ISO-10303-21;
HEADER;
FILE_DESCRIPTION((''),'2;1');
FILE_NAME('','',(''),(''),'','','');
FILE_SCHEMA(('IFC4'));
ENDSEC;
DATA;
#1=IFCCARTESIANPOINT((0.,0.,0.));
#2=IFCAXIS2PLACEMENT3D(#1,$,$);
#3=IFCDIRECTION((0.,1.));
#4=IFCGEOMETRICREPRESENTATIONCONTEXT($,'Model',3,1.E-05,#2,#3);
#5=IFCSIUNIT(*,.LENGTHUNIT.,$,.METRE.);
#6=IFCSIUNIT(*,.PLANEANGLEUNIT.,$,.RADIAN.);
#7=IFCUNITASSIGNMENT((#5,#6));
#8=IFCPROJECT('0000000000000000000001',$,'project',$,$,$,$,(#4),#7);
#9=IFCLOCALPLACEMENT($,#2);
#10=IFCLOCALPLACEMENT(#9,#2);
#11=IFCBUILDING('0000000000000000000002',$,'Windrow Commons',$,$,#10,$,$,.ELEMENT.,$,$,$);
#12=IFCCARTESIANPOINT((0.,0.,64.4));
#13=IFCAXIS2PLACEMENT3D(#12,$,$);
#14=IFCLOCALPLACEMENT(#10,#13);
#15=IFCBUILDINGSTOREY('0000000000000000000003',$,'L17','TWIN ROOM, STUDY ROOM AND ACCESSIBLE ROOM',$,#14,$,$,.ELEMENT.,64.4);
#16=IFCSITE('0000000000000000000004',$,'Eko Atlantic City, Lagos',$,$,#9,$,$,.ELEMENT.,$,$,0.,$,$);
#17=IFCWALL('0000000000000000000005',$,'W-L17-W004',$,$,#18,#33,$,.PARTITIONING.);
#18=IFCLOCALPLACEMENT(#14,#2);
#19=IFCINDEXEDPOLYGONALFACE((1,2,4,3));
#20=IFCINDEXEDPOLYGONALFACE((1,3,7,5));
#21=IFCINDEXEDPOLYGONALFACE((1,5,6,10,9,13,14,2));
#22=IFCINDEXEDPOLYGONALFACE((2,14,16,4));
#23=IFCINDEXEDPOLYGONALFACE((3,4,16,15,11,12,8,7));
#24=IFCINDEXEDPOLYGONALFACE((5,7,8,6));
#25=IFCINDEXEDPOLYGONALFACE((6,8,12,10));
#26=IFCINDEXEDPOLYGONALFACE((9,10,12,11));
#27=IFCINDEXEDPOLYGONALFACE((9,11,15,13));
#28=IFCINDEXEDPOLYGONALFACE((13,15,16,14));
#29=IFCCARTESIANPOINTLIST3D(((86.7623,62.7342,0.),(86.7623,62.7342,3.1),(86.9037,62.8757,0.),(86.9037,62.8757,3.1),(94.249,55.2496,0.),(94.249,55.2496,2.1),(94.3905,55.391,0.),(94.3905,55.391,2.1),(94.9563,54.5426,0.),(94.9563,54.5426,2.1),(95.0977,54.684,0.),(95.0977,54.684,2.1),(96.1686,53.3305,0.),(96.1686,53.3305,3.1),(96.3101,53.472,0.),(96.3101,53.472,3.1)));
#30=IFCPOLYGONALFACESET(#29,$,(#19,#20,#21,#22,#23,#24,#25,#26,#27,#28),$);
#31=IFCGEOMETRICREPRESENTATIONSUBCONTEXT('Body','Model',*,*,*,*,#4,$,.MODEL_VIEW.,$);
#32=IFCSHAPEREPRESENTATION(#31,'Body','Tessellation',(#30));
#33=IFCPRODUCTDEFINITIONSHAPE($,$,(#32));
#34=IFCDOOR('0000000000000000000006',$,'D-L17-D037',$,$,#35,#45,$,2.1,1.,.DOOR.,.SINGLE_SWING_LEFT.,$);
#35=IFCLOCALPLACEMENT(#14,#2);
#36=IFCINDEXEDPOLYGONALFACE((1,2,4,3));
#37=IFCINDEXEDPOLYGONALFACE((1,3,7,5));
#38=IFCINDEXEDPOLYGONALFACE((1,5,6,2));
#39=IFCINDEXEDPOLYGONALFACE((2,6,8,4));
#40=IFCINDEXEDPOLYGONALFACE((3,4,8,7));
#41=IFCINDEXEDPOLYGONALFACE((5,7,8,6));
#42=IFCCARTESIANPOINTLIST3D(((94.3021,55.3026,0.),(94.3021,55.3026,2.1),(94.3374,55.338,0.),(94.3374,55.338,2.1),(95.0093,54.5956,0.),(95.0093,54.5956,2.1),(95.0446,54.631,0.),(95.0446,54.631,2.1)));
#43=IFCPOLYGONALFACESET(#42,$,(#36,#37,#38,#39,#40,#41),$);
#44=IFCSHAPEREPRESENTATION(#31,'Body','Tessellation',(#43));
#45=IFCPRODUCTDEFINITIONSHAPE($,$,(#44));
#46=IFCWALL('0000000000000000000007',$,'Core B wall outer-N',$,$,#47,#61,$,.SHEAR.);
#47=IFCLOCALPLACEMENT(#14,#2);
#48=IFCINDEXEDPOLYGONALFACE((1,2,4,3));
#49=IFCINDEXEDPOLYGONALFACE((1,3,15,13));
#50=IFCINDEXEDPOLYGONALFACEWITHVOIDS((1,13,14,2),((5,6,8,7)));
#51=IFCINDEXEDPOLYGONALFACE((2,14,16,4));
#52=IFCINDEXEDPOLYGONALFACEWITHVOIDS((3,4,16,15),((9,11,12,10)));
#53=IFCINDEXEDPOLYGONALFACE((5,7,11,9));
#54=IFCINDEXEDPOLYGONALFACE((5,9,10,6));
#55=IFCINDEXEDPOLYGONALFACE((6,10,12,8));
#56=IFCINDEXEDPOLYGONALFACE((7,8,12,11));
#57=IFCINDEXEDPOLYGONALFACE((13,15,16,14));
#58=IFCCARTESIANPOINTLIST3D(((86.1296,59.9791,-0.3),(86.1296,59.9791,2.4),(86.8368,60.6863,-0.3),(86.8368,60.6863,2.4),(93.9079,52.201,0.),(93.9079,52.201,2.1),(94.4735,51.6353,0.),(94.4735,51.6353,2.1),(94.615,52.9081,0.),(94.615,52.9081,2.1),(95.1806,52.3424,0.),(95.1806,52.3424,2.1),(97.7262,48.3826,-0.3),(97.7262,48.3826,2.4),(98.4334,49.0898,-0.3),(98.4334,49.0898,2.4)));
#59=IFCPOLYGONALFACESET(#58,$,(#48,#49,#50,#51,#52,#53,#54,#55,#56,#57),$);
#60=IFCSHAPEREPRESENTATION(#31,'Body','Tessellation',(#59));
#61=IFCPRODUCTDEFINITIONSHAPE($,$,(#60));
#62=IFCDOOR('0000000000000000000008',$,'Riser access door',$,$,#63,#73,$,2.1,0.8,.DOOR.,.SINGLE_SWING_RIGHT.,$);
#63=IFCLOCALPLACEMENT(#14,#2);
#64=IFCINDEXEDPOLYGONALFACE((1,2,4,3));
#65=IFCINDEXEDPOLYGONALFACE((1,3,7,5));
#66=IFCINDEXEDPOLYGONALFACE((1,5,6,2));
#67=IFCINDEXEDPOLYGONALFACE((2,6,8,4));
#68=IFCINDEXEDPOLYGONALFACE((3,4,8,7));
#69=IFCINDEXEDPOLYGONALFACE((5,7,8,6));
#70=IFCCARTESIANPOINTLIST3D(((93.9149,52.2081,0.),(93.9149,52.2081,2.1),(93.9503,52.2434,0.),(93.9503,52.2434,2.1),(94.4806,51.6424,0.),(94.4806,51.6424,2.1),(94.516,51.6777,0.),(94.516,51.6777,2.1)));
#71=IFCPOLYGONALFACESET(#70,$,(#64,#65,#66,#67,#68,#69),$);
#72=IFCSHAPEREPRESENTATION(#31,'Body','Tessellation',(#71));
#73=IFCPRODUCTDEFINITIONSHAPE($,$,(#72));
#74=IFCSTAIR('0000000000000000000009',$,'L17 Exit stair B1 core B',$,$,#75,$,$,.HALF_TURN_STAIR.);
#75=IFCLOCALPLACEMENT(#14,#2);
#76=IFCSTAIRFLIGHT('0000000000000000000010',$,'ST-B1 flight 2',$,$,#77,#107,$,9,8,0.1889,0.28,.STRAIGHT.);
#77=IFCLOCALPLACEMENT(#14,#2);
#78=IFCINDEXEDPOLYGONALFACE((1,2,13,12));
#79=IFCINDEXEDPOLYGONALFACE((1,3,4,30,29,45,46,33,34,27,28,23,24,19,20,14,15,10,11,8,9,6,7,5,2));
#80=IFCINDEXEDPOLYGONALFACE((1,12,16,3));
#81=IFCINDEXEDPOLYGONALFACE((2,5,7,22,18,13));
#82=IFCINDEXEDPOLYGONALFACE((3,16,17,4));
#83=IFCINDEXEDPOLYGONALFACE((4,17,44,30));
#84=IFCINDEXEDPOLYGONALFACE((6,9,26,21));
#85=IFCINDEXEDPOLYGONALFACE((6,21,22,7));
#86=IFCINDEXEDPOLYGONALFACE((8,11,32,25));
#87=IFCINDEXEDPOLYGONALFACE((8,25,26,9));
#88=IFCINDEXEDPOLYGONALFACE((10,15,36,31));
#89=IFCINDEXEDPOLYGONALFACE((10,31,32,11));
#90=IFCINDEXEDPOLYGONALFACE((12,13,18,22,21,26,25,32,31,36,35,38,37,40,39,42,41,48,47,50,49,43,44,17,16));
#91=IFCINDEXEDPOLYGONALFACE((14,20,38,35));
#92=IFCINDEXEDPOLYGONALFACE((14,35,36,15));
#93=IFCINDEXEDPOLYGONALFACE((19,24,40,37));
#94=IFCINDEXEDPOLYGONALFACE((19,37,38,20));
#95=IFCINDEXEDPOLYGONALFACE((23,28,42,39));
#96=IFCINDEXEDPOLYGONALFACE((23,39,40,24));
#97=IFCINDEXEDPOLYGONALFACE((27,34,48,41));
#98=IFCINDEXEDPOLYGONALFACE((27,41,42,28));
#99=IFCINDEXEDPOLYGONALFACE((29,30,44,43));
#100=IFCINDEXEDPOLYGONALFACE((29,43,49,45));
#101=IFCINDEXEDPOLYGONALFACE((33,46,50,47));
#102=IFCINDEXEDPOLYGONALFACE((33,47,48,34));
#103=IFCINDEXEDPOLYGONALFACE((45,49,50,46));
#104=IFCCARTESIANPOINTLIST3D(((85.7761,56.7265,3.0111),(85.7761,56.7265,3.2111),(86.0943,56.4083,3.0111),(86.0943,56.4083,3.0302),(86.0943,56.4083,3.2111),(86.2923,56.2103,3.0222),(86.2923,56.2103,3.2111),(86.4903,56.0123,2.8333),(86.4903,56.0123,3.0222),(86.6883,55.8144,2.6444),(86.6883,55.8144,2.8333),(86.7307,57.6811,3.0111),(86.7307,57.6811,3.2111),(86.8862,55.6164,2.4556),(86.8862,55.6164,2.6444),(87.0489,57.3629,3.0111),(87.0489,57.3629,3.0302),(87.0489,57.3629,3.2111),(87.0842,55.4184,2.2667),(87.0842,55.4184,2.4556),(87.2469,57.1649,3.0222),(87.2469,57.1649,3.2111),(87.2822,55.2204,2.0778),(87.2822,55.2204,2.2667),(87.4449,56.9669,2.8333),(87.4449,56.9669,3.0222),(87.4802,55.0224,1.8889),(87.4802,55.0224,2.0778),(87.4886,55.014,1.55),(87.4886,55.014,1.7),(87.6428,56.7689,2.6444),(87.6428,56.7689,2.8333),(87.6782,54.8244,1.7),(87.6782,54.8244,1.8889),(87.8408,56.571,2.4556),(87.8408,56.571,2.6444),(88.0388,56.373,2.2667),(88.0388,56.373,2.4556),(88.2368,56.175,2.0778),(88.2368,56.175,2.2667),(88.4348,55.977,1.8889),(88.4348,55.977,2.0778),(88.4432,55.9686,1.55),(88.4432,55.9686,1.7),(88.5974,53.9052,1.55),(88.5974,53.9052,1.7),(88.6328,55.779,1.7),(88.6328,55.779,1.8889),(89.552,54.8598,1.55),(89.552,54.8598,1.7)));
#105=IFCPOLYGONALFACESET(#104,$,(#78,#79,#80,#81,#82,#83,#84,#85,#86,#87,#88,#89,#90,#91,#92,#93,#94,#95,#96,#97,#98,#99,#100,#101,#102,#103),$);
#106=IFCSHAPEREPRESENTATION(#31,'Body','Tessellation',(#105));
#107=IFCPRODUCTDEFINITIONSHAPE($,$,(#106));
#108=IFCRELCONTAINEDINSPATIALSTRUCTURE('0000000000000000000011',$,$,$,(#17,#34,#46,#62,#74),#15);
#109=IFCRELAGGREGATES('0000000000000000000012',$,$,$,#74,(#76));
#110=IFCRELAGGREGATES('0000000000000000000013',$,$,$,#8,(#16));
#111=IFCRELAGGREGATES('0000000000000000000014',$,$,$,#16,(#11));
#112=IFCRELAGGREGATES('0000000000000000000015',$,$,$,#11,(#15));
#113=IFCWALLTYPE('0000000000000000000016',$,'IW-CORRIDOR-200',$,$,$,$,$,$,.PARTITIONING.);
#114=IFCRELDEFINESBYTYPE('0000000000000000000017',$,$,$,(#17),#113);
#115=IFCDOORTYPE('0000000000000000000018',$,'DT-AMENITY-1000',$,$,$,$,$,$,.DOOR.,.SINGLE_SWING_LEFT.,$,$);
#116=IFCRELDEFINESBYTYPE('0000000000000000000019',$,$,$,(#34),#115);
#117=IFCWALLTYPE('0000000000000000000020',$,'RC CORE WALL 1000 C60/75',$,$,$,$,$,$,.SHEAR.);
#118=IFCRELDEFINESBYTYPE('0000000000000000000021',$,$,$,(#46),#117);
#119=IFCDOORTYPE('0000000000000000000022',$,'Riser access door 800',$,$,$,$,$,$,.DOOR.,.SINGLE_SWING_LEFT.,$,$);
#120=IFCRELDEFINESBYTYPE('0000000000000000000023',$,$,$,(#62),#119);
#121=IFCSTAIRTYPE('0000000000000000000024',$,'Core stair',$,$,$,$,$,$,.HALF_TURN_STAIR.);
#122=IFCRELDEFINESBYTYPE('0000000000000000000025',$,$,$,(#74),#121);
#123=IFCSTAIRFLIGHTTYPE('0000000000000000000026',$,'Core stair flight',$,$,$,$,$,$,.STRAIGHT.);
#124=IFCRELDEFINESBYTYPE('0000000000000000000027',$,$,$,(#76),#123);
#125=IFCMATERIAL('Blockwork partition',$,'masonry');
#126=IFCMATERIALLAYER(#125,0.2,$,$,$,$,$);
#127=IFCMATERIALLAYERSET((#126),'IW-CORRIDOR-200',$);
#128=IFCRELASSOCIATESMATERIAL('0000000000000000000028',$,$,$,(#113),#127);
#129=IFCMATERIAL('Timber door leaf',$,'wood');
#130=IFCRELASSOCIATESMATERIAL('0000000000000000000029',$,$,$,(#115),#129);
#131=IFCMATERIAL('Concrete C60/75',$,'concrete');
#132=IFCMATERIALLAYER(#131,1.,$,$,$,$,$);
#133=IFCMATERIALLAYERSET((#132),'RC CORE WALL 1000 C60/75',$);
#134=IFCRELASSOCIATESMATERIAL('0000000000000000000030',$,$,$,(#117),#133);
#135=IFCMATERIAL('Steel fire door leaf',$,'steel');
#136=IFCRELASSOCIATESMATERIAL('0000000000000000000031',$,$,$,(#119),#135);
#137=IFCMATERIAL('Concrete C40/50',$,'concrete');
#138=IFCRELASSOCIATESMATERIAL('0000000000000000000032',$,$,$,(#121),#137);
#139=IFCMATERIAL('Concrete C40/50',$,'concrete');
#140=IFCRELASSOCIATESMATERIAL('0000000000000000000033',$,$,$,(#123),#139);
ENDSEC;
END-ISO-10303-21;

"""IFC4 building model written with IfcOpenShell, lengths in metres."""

from ifc_helpers import new_model, si_unit, direction, frame, frame_2d, origin, place, context, subcontext, project, spatial, polyline, rectangle, outline, extrude, material, layer, layer_set, type_object, element, fill, aggregate, save


model = new_model("IFC4")

# Units and contexts
model_context = context("Model", 3, precision=1e-05, world=origin(), true_north=direction((0.0, 1.0)))
body_context = subcontext(model_context, "Body", "Model", "MODEL_VIEW")
ifc_project = project(units=[si_unit("LENGTHUNIT", "METRE"), si_unit("PLANEANGLEUNIT", "RADIAN")], contexts=[model_context])

# Site, building, storey
site_placement = place(None, origin())
site = spatial("IfcSite", under=ifc_project, at=site_placement, Name="Eko Atlantic City, Lagos", CompositionType="ELEMENT", RefElevation=0.0)
building_placement = place(site_placement, origin())
building = spatial("IfcBuilding", under=site, at=building_placement, Name="Windrow Commons", CompositionType="ELEMENT")
storey_placement = place(building_placement, frame((0.0, 0.0, 64.4)))
storey = spatial("IfcBuildingStorey", under=building, at=storey_placement, Name="L17", Description="TWIN ROOM, STUDY ROOM AND ACCESSIBLE ROOM", CompositionType="ELEMENT", Elevation=64.4)

# Walls, openings, doors
ifc_material_1 = material(Name="Blockwork partition", Category="masonry")
ifc_layer_1 = layer(ifc_material_1, 0.2)
ifc_layer_set_1 = layer_set([ifc_layer_1], Name="IW-CORRIDOR-200")
wall_type_1 = type_object("IfcWallType", Name="IW-CORRIDOR-200", PredefinedType="PARTITIONING", material=ifc_layer_set_1)
wall_1_placement = place(storey_placement, frame((86.833, 62.805, 0.0), z_axis=(0.0, 0.0, 1.0), x_axis=(0.707205, -0.707009, 0.0)))
wall_1 = element("IfcWall", 1, at=wall_1_placement, inside=storey, type_object=wall_type_1, Name="W-L17-W004", PredefinedType="PARTITIONING", context=body_context, shape_type="SweptSolid", body=[
    extrude(rectangle(XDim=13.3007, YDim=0.2, at=frame_2d((6.6504, 0.0))), origin(), (0.0, 0.0, 1.0), 3.1),
])
opening_1_placement = place(wall_1_placement, frame((10.5864, 0.0, 0.0)))
opening_1 = element("IfcOpeningElement", 2, at=opening_1_placement, cuts=wall_1, PredefinedType="OPENING", context=body_context, shape_type="SweptSolid", body=[
    extrude(rectangle(XDim=1.0, YDim=2.1, at=frame_2d((0.5, 1.05))), frame((0.0, 0.11, 0.0), z_axis=(0.0, -1.0, 0.0), x_axis=(1.0, 0.0, 0.0)), (0.0, 0.0, 1.0), 0.22),
])
ifc_material_2 = material(Name="Timber door leaf", Category="wood")
door_type_1 = type_object("IfcDoorType", Name="DT-AMENITY-1000", OperationType="SINGLE_SWING_LEFT", PredefinedType="DOOR", material=ifc_material_2)
door_1_placement = place(opening_1_placement, origin())
door_1 = element("IfcDoor", 3, at=door_1_placement, inside=storey, type_object=door_type_1, Name="D-L17-D037", OperationType="SINGLE_SWING_LEFT", OverallHeight=2.1, OverallWidth=1.0, PredefinedType="DOOR", context=body_context, shape_type="SweptSolid", body=[
    extrude(rectangle(XDim=1.0, YDim=2.1, at=frame_2d((0.5, 1.05))), frame((0.0, 0.025, 0.0), z_axis=(0.0, -1.0, 0.0), x_axis=(1.0, 0.0, 0.0)), (0.0, 0.0, 1.0), 0.05),
])
fill(opening_1, door_1)
ifc_material_3 = material(Name="Concrete C60/75", Category="concrete")
ifc_layer_2 = layer(ifc_material_3, 1.0)
ifc_layer_set_2 = layer_set([ifc_layer_2], Name="RC CORE WALL 1000 C60/75")
wall_type_2 = type_object("IfcWallType", Name="RC CORE WALL 1000 C60/75", PredefinedType="SHEAR", material=ifc_layer_set_2)
wall_2_placement = place(storey_placement, frame((86.4832, 60.3327, -0.3), z_axis=(0.0, 0.0, 1.0), x_axis=(0.70711, -0.707104, 0.0)))
wall_2 = element("IfcWall", 4, at=wall_2_placement, inside=storey, type_object=wall_type_2, Name="Core B wall outer-N", PredefinedType="SHEAR", context=body_context, shape_type="SweptSolid", body=[
    extrude(rectangle(XDim=16.4, YDim=1.0, at=frame_2d((8.2, 0.0))), origin(), (0.0, 0.0, 1.0), 2.7),
])
opening_2_placement = place(wall_2_placement, frame((11.0, 0.0, 0.3)))
opening_2 = element("IfcOpeningElement", 5, at=opening_2_placement, cuts=wall_2, PredefinedType="OPENING", context=body_context, shape_type="SweptSolid", body=[
    extrude(rectangle(XDim=0.8, YDim=2.1, at=frame_2d((0.4, 1.05))), frame((0.0, 0.51, 0.0), z_axis=(0.0, -1.0, 0.0), x_axis=(1.0, 0.0, 0.0)), (0.0, 0.0, 1.0), 1.02),
])
ifc_material_4 = material(Name="Steel fire door leaf", Category="steel")
door_type_2 = type_object("IfcDoorType", Name="Riser access door 800", OperationType="SINGLE_SWING_LEFT", PredefinedType="DOOR", material=ifc_material_4)
door_2_placement = place(opening_2_placement, origin())
door_2 = element("IfcDoor", 6, at=door_2_placement, inside=storey, type_object=door_type_2, Name="Riser access door", OperationType="SINGLE_SWING_RIGHT", OverallHeight=2.1, OverallWidth=0.8, PredefinedType="DOOR", context=body_context, shape_type="SweptSolid", body=[
    extrude(rectangle(XDim=0.8, YDim=2.1, at=frame_2d((0.4, 1.05))), frame((0.0, -0.44, 0.0), z_axis=(0.0, -1.0, 0.0), x_axis=(1.0, 0.0, 0.0)), (0.0, 0.0, 1.0), 0.05),
])
fill(opening_2, door_2)

# Stair, stair flight
ifc_material_5 = material(Name="Concrete C40/50", Category="concrete")
stair_type = type_object("IfcStairType", Name="Core stair", PredefinedType="HALF_TURN_STAIR", material=ifc_material_5)
stair_placement = place(storey_placement, origin())
stair = element("IfcStair", 7, at=stair_placement, inside=storey, type_object=stair_type, Name="L17 Exit stair B1 core B", PredefinedType="HALF_TURN_STAIR")
ifc_material_6 = material(Name="Concrete C40/50", Category="concrete")
stair_flight_type = type_object("IfcStairFlightType", Name="Core stair flight", PredefinedType="STRAIGHT", material=ifc_material_6)
stair_flight_placement = place(storey_placement, frame((88.1555, 55.3017, 1.7), z_axis=(0.0, 0.0, 1.0), x_axis=(-0.707107, 0.707107, 0.0)))
stair_flight = element("IfcStairFlight", 8, at=stair_flight_placement, type_object=stair_flight_type, Name="ST-B1 flight 2", NumberOfRisers=9, NumberOfTreads=8, PredefinedType="STRAIGHT", RiserHeight=0.1889, TreadLength=0.28, context=body_context, shape_type="SweptSolid", body=[
    extrude(outline(polyline([(-1.3, -0.15), (-1.3, 0.0), (0.0, 0.0), (0.0, 0.1889), (0.28, 0.1889), (0.28, 0.3778), (0.56, 0.3778), (0.56, 0.5667), (0.84, 0.5667), (0.84, 0.7556), (1.12, 0.7556), (1.12, 0.9444), (1.4, 0.9444), (1.4, 1.1333), (1.68, 1.1333), (1.68, 1.3222), (1.96, 1.3222), (1.96, 1.5111), (2.24, 1.5111), (2.69, 1.5111), (2.69, 1.3111), (2.24, 1.3111), (2.24, 1.3302), (0.2682, 0.0), (0.2682, -0.15), (-1.3, -0.15)])), frame((0.0, 0.675, 0.0), z_axis=(0.0, -1.0, 0.0), x_axis=(1.0, 0.0, 0.0)), (0.0, 0.0, 1.0), 1.35),
])
aggregate(stair, [stair_flight])

save(model, "model.ifc")
